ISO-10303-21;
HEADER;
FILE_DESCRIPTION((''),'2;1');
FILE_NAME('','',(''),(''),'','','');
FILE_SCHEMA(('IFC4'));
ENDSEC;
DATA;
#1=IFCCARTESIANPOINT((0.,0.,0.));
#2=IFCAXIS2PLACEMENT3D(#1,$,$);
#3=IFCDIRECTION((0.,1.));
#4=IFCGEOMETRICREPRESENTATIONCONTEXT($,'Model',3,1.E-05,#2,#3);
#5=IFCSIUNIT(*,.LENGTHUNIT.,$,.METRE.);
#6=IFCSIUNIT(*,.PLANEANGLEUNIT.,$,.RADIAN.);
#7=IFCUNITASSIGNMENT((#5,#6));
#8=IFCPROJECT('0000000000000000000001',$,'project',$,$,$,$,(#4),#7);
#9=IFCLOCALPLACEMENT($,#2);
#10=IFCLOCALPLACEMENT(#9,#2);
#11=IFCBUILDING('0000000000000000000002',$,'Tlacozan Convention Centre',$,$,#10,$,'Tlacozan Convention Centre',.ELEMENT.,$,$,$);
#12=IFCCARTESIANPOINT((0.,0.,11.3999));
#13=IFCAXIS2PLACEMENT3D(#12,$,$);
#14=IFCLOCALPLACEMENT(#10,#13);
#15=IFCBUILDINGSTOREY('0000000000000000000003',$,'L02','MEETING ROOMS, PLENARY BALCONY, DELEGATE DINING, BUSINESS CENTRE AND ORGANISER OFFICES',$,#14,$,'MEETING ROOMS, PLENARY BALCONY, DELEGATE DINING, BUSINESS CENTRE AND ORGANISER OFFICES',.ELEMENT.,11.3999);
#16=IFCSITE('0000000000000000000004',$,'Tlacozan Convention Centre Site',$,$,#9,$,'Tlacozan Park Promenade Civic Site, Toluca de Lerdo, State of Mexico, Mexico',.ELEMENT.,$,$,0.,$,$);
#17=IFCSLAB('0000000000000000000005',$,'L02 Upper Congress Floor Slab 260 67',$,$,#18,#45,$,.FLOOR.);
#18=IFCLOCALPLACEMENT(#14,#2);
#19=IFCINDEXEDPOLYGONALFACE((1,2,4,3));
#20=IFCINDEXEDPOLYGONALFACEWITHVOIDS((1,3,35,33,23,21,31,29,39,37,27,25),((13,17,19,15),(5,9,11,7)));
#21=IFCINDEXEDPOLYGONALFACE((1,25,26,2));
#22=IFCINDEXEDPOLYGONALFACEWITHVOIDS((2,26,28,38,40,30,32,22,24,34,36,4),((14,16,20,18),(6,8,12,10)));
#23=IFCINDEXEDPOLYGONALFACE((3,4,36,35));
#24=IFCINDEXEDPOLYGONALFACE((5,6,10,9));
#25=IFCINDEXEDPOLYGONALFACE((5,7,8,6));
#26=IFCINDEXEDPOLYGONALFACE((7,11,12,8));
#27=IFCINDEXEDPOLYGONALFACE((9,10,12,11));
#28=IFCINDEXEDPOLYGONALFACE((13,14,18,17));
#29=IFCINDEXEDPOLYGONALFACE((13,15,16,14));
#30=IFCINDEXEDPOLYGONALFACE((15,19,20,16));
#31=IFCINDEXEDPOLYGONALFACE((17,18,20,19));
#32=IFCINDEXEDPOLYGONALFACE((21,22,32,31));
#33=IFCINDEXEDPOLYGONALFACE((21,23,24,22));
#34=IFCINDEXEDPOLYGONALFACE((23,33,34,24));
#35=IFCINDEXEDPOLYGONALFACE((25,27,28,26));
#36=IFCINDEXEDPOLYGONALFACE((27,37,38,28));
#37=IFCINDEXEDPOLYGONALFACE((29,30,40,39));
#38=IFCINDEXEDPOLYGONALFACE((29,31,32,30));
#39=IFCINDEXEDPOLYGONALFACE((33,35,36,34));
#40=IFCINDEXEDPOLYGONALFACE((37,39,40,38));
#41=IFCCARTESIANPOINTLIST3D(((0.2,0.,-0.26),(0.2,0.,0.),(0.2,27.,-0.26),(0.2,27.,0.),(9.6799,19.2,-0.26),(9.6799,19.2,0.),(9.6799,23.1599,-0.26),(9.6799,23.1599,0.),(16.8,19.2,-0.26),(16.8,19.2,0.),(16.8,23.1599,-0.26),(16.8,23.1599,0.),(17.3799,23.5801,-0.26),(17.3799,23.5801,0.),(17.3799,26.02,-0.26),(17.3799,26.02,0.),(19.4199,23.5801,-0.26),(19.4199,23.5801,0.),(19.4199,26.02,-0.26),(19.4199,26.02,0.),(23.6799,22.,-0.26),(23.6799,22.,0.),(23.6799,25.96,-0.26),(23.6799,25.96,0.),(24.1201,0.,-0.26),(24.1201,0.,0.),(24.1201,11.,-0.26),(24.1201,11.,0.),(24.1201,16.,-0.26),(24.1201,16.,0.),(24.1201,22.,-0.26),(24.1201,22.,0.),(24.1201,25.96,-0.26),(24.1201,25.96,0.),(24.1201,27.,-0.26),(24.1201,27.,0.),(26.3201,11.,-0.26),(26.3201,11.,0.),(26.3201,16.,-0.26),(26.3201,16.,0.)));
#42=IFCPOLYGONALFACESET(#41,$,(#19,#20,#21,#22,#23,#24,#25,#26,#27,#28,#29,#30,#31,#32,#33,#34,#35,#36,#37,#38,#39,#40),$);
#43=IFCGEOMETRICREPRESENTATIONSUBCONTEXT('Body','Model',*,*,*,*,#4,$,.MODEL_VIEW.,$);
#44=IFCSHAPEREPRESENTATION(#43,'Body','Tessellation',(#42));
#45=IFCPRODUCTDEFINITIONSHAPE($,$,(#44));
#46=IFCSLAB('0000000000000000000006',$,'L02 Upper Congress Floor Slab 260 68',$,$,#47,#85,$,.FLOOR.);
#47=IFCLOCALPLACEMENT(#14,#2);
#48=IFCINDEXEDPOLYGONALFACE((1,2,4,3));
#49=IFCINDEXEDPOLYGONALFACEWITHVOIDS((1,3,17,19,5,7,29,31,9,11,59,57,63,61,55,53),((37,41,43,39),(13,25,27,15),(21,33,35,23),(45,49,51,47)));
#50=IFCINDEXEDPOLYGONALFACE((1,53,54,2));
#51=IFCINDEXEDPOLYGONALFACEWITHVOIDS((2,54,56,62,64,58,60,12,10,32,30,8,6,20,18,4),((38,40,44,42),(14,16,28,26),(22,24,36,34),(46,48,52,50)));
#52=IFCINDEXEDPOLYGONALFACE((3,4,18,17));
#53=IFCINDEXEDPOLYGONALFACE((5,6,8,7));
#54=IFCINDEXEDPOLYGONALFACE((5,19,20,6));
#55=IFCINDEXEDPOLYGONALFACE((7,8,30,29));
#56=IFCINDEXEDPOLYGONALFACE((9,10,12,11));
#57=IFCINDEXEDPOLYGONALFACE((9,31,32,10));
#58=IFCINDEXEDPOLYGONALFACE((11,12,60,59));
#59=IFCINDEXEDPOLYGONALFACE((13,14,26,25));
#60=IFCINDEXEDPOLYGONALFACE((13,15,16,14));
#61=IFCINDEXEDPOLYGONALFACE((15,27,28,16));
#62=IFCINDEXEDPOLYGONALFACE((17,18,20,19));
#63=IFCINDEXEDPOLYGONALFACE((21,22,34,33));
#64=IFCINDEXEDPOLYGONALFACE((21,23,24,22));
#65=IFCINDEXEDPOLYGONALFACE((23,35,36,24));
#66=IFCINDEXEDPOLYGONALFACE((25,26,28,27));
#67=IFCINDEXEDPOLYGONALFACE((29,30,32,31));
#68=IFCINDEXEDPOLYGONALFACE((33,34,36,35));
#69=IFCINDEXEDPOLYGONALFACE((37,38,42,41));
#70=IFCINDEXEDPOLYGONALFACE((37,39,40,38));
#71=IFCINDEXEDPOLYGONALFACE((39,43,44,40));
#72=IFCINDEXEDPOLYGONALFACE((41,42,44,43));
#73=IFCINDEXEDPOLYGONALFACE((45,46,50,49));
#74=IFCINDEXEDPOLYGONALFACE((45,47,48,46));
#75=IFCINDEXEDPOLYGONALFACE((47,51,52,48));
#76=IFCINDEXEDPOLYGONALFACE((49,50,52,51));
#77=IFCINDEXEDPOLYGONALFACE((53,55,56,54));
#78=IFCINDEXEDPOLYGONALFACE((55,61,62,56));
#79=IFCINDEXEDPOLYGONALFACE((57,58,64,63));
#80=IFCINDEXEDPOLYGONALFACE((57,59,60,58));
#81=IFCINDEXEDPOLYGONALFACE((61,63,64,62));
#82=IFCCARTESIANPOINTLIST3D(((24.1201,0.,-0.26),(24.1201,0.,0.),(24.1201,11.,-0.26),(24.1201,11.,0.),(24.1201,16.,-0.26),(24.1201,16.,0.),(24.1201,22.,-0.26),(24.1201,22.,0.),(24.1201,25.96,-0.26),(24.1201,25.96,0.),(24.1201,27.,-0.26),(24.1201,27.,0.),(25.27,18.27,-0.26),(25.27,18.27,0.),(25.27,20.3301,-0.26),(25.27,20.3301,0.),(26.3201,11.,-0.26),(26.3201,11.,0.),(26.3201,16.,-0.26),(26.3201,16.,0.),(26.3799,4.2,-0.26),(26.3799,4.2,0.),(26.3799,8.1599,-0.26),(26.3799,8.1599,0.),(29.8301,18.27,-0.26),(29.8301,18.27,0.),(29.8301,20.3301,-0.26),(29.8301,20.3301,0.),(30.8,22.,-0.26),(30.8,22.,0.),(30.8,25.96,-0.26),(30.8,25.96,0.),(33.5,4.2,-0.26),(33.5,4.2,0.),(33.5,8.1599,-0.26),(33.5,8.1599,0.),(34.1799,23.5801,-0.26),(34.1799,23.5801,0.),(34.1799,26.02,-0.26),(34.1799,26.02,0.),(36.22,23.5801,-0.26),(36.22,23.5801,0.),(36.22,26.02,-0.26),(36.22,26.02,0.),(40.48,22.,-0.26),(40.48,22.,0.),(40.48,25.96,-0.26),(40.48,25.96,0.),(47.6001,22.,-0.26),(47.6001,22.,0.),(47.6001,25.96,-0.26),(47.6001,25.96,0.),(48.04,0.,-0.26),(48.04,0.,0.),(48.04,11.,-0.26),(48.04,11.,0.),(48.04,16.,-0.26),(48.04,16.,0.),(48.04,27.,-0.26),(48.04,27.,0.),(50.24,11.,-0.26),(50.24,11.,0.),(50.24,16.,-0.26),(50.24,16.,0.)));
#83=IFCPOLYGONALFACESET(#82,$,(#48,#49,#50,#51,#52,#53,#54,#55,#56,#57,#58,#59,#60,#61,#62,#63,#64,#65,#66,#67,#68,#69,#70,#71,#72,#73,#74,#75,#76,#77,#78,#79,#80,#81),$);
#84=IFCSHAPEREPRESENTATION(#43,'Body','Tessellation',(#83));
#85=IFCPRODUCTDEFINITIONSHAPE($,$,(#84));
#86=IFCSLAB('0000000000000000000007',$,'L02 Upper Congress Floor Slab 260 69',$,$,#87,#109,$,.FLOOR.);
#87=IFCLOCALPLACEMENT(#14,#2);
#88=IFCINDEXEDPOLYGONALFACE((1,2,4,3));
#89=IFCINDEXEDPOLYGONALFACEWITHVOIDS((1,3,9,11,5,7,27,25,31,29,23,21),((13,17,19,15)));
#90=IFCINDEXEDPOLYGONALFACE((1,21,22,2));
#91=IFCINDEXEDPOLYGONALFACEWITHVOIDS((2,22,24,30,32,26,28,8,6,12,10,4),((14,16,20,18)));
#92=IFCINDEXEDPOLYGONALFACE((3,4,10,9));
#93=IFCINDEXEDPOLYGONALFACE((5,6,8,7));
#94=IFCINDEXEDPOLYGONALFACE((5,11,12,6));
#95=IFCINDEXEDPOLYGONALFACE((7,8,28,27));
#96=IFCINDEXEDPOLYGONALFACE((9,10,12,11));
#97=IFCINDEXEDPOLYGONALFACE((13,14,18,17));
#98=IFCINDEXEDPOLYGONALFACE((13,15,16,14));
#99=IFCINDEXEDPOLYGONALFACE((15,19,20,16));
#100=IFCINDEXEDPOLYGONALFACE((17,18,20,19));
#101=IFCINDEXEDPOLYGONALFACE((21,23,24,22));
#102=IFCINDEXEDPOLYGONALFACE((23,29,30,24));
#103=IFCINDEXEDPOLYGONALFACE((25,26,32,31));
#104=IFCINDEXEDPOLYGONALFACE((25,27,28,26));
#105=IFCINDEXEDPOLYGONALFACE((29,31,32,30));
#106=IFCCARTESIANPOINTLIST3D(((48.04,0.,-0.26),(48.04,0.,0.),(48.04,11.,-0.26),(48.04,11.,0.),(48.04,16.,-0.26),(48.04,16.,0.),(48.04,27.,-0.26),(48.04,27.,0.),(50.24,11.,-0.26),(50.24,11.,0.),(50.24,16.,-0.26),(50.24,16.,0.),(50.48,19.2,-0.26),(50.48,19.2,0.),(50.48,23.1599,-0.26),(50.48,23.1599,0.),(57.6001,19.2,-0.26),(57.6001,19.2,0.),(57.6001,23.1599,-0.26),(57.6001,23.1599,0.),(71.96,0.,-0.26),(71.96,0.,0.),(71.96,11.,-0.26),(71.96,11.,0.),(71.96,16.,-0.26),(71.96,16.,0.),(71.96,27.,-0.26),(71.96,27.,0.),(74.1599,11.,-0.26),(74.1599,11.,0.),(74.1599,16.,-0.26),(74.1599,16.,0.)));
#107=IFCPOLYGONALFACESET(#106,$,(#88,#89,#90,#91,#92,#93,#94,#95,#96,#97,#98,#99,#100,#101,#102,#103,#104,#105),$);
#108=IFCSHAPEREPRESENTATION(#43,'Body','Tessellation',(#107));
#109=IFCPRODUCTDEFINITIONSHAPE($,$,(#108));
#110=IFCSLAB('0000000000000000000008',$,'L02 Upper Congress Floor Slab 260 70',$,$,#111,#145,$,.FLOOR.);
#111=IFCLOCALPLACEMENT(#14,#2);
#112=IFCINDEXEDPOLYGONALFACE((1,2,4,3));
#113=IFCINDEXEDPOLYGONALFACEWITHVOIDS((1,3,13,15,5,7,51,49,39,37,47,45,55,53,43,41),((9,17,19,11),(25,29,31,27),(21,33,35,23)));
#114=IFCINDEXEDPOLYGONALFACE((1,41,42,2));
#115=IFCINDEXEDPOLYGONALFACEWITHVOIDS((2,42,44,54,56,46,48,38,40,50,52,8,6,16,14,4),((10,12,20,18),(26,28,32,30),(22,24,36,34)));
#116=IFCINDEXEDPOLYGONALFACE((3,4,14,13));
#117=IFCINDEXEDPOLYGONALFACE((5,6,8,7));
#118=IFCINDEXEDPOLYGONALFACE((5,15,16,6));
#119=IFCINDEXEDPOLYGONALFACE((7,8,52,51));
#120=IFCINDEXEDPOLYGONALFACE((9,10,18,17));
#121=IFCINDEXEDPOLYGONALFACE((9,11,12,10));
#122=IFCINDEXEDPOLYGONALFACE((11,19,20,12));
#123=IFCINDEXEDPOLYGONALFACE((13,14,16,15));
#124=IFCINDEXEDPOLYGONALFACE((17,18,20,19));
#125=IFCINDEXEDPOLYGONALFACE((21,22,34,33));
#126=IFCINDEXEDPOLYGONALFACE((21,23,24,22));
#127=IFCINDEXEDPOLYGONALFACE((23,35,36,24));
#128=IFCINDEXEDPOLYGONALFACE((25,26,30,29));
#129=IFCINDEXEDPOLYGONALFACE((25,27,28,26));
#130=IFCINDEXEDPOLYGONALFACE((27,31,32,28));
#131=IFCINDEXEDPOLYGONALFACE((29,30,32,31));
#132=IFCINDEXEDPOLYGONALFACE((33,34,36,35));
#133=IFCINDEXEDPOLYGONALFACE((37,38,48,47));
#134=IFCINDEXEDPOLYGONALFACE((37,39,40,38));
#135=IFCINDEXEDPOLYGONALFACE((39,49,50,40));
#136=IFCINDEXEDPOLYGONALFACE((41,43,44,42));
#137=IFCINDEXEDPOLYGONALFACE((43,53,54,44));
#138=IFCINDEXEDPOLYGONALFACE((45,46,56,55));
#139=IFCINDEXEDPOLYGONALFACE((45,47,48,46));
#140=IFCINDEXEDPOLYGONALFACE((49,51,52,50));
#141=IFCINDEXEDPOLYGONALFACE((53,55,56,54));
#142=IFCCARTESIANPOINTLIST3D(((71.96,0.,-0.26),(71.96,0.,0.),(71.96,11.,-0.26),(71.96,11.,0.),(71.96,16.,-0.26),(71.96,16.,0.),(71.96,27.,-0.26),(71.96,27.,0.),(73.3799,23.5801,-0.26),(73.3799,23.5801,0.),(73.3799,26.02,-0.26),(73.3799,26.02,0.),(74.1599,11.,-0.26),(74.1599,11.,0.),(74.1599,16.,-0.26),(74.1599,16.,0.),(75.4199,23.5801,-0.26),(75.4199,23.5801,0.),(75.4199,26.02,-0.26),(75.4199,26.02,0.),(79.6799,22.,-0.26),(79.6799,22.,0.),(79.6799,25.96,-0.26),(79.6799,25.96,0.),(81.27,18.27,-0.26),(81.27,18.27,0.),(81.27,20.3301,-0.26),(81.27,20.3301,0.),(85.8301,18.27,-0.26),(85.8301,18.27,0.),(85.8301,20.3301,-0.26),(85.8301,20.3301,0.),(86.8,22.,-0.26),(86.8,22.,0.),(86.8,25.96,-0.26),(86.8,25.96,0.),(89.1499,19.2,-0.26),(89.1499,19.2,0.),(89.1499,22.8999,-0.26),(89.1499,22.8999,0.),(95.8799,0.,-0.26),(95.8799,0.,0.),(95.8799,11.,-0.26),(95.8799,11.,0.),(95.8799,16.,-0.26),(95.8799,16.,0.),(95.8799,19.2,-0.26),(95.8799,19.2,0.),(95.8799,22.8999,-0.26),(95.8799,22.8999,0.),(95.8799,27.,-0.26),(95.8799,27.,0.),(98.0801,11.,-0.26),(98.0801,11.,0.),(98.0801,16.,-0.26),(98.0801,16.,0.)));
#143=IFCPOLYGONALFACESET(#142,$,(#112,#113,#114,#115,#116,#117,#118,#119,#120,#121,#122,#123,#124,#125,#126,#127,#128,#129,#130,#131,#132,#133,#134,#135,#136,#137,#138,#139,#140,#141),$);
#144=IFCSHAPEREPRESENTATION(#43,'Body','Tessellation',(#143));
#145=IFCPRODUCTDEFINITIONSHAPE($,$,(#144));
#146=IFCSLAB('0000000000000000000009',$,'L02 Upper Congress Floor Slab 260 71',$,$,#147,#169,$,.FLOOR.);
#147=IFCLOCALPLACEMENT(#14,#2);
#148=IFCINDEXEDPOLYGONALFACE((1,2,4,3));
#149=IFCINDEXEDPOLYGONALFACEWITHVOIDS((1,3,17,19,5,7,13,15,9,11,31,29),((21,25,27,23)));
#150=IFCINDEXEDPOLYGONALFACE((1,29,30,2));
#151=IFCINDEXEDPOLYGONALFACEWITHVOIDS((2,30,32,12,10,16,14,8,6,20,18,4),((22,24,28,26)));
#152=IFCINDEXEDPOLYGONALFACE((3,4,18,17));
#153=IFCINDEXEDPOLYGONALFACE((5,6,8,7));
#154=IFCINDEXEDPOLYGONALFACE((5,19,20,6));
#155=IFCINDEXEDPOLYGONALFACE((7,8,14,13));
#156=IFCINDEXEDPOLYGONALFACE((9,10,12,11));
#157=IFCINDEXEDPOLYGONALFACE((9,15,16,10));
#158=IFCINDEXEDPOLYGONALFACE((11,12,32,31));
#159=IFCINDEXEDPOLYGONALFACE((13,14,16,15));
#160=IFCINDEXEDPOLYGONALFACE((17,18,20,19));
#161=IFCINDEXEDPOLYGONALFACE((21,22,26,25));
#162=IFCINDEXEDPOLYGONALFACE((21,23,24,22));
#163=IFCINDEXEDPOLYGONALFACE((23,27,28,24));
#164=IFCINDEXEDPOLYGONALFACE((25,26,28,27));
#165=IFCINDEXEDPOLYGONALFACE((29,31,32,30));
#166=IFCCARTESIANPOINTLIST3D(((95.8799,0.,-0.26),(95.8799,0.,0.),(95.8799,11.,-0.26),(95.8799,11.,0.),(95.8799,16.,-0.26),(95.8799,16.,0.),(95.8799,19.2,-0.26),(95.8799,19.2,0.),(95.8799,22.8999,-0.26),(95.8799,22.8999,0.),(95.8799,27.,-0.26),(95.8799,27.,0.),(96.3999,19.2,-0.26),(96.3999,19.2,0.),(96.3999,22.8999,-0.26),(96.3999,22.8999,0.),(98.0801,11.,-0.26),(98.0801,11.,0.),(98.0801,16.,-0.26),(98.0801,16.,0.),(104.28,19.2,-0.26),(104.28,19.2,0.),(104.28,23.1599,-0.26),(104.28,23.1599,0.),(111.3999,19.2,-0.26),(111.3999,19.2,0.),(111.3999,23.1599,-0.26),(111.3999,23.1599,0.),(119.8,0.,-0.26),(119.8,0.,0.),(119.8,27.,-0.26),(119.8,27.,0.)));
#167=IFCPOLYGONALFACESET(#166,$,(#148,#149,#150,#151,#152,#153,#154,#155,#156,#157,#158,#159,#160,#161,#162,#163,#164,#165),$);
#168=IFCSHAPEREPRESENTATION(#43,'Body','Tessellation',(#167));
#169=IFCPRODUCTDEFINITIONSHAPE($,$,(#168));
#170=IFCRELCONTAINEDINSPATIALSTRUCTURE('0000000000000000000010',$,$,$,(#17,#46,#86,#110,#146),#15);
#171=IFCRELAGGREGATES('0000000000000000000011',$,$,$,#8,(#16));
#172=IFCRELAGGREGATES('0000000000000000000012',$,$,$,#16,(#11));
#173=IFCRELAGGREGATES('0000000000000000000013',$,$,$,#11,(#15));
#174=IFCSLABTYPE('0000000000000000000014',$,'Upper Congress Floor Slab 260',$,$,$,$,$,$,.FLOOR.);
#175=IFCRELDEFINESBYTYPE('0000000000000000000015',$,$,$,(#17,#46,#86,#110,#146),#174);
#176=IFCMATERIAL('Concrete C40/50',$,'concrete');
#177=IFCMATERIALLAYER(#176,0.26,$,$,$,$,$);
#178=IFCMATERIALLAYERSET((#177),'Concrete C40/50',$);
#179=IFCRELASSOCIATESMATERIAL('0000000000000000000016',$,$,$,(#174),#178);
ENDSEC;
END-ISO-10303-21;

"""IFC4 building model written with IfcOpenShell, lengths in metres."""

from ifc_helpers import new_model, si_unit, direction, frame, origin, place, context, subcontext, project, spatial, polyline, outline, extrude, material, layer, layer_set, type_object, element, save


model = new_model("IFC4")

# Units and contexts
model_context = context("Model", 3, precision=1e-05, world=origin(), true_north=direction((0.0, 1.0)))
body_context = subcontext(model_context, "Body", "Model", "MODEL_VIEW")
ifc_project = project(units=[si_unit("LENGTHUNIT", "METRE"), si_unit("PLANEANGLEUNIT", "RADIAN")], contexts=[model_context])

# Site, building, storey
site_placement = place(None, origin())
site = spatial("IfcSite", under=ifc_project, at=site_placement, Name="Tlacozan Convention Centre Site", LongName="Tlacozan Park Promenade Civic Site, Toluca de Lerdo, State of Mexico, Mexico", CompositionType="ELEMENT", RefElevation=0.0)
building_placement = place(site_placement, origin())
building = spatial("IfcBuilding", under=site, at=building_placement, Name="Tlacozan Convention Centre", LongName="Tlacozan Convention Centre", CompositionType="ELEMENT")
storey_placement = place(building_placement, frame((0.0, 0.0, 11.3999)))
storey = spatial("IfcBuildingStorey", under=building, at=storey_placement, Name="L02", Description="MEETING ROOMS, PLENARY BALCONY, DELEGATE DINING, BUSINESS CENTRE AND ORGANISER OFFICES", LongName="MEETING ROOMS, PLENARY BALCONY, DELEGATE DINING, BUSINESS CENTRE AND ORGANISER OFFICES", CompositionType="ELEMENT", Elevation=11.3999)

# Shared definitions
ifc_material_1 = material(Name="Concrete C40/50", Category="concrete")

# Slabs
ifc_layer_1 = layer(ifc_material_1, 0.26)
ifc_layer_set_1 = layer_set([ifc_layer_1], Name="Concrete C40/50")
slab_type_1 = type_object("IfcSlabType", Name="Upper Congress Floor Slab 260", PredefinedType="FLOOR", material=ifc_layer_set_1)
slab_1_placement = place(storey_placement, frame((0.0, 0.0, -0.26)))
element("IfcSlab", 1, at=slab_1_placement, inside=storey, type_object=slab_type_1, Name="L02 Upper Congress Floor Slab 260 67", PredefinedType="FLOOR", context=body_context, shape_type="SweptSolid", body=[
    extrude(outline(polyline([(0.2, 0.0), (0.2, 27.0), (24.1201, 27.0), (24.1201, 25.96), (23.6799, 25.96), (23.6799, 22.0), (24.1201, 22.0), (24.1201, 16.0), (26.3201, 16.0), (26.3201, 11.0), (24.1201, 11.0), (24.1201, 0.0), (0.2, 0.0)]), holes=[polyline([(16.8, 19.2), (16.8, 23.1599), (9.6799, 23.1599), (9.6799, 19.2), (16.8, 19.2)]), polyline([(19.4199, 26.02), (17.3799, 26.02), (17.3799, 23.5801), (19.4199, 23.5801), (19.4199, 26.02)])]), origin(), (0.0, 0.0, 1.0), 0.26),
])
slab_2_placement = place(storey_placement, frame((0.0, 0.0, -0.26)))
element("IfcSlab", 2, at=slab_2_placement, inside=storey, type_object=slab_type_1, Name="L02 Upper Congress Floor Slab 260 68", PredefinedType="FLOOR", context=body_context, shape_type="SweptSolid", body=[
    extrude(outline(polyline([(24.1201, 11.0), (26.3201, 11.0), (26.3201, 16.0), (24.1201, 16.0), (24.1201, 22.0), (30.8, 22.0), (30.8, 25.96), (24.1201, 25.96), (24.1201, 27.0), (48.04, 27.0), (48.04, 16.0), (50.24, 16.0), (50.24, 11.0), (48.04, 11.0), (48.04, 0.0), (24.1201, 0.0), (24.1201, 11.0)]), holes=[polyline([(33.5, 4.2), (33.5, 8.1599), (26.3799, 8.1599), (26.3799, 4.2), (33.5, 4.2)]), polyline([(29.8301, 20.3301), (25.27, 20.3301), (25.27, 18.27), (29.8301, 18.27), (29.8301, 20.3301)]), polyline([(47.6001, 22.0), (47.6001, 25.96), (40.48, 25.96), (40.48, 22.0), (47.6001, 22.0)]), polyline([(36.22, 23.5801), (36.22, 26.02), (34.1799, 26.02), (34.1799, 23.5801), (36.22, 23.5801)])]), origin(), (0.0, 0.0, 1.0), 0.26),
])
slab_3_placement = place(storey_placement, frame((0.0, 0.0, -0.26)))
element("IfcSlab", 3, at=slab_3_placement, inside=storey, type_object=slab_type_1, Name="L02 Upper Congress Floor Slab 260 69", PredefinedType="FLOOR", context=body_context, shape_type="SweptSolid", body=[
    extrude(outline(polyline([(48.04, 11.0), (50.24, 11.0), (50.24, 16.0), (48.04, 16.0), (48.04, 27.0), (71.96, 27.0), (71.96, 16.0), (74.1599, 16.0), (74.1599, 11.0), (71.96, 11.0), (71.96, 0.0), (48.04, 0.0), (48.04, 11.0)]), holes=[polyline([(50.48, 19.2), (57.6001, 19.2), (57.6001, 23.1599), (50.48, 23.1599), (50.48, 19.2)])]), origin(), (0.0, 0.0, 1.0), 0.26),
])
slab_4_placement = place(storey_placement, frame((0.0, 0.0, -0.26)))
element("IfcSlab", 4, at=slab_4_placement, inside=storey, type_object=slab_type_1, Name="L02 Upper Congress Floor Slab 260 70", PredefinedType="FLOOR", context=body_context, shape_type="SweptSolid", body=[
    extrude(outline(polyline([(71.96, 11.0), (74.1599, 11.0), (74.1599, 16.0), (71.96, 16.0), (71.96, 27.0), (95.8799, 27.0), (95.8799, 22.8999), (89.1499, 22.8999), (89.1499, 19.2), (95.8799, 19.2), (95.8799, 16.0), (98.0801, 16.0), (98.0801, 11.0), (95.8799, 11.0), (95.8799, 0.0), (71.96, 0.0), (71.96, 11.0)]), holes=[polyline([(86.8, 22.0), (86.8, 25.96), (79.6799, 25.96), (79.6799, 22.0), (86.8, 22.0)]), polyline([(75.4199, 23.5801), (75.4199, 26.02), (73.3799, 26.02), (73.3799, 23.5801), (75.4199, 23.5801)]), polyline([(85.8301, 20.3301), (81.27, 20.3301), (81.27, 18.27), (85.8301, 18.27), (85.8301, 20.3301)])]), origin(), (0.0, 0.0, 1.0), 0.26),
])
slab_5_placement = place(storey_placement, frame((0.0, 0.0, -0.26)))
element("IfcSlab", 5, at=slab_5_placement, inside=storey, type_object=slab_type_1, Name="L02 Upper Congress Floor Slab 260 71", PredefinedType="FLOOR", context=body_context, shape_type="SweptSolid", body=[
    extrude(outline(polyline([(119.8, 27.0), (119.8, 0.0), (95.8799, 0.0), (95.8799, 11.0), (98.0801, 11.0), (98.0801, 16.0), (95.8799, 16.0), (95.8799, 19.2), (96.3999, 19.2), (96.3999, 22.8999), (95.8799, 22.8999), (95.8799, 27.0), (119.8, 27.0)]), holes=[polyline([(104.28, 19.2), (111.3999, 19.2), (111.3999, 23.1599), (104.28, 23.1599), (104.28, 19.2)])]), origin(), (0.0, 0.0, 1.0), 0.26),
])

save(model, "model.ifc")
